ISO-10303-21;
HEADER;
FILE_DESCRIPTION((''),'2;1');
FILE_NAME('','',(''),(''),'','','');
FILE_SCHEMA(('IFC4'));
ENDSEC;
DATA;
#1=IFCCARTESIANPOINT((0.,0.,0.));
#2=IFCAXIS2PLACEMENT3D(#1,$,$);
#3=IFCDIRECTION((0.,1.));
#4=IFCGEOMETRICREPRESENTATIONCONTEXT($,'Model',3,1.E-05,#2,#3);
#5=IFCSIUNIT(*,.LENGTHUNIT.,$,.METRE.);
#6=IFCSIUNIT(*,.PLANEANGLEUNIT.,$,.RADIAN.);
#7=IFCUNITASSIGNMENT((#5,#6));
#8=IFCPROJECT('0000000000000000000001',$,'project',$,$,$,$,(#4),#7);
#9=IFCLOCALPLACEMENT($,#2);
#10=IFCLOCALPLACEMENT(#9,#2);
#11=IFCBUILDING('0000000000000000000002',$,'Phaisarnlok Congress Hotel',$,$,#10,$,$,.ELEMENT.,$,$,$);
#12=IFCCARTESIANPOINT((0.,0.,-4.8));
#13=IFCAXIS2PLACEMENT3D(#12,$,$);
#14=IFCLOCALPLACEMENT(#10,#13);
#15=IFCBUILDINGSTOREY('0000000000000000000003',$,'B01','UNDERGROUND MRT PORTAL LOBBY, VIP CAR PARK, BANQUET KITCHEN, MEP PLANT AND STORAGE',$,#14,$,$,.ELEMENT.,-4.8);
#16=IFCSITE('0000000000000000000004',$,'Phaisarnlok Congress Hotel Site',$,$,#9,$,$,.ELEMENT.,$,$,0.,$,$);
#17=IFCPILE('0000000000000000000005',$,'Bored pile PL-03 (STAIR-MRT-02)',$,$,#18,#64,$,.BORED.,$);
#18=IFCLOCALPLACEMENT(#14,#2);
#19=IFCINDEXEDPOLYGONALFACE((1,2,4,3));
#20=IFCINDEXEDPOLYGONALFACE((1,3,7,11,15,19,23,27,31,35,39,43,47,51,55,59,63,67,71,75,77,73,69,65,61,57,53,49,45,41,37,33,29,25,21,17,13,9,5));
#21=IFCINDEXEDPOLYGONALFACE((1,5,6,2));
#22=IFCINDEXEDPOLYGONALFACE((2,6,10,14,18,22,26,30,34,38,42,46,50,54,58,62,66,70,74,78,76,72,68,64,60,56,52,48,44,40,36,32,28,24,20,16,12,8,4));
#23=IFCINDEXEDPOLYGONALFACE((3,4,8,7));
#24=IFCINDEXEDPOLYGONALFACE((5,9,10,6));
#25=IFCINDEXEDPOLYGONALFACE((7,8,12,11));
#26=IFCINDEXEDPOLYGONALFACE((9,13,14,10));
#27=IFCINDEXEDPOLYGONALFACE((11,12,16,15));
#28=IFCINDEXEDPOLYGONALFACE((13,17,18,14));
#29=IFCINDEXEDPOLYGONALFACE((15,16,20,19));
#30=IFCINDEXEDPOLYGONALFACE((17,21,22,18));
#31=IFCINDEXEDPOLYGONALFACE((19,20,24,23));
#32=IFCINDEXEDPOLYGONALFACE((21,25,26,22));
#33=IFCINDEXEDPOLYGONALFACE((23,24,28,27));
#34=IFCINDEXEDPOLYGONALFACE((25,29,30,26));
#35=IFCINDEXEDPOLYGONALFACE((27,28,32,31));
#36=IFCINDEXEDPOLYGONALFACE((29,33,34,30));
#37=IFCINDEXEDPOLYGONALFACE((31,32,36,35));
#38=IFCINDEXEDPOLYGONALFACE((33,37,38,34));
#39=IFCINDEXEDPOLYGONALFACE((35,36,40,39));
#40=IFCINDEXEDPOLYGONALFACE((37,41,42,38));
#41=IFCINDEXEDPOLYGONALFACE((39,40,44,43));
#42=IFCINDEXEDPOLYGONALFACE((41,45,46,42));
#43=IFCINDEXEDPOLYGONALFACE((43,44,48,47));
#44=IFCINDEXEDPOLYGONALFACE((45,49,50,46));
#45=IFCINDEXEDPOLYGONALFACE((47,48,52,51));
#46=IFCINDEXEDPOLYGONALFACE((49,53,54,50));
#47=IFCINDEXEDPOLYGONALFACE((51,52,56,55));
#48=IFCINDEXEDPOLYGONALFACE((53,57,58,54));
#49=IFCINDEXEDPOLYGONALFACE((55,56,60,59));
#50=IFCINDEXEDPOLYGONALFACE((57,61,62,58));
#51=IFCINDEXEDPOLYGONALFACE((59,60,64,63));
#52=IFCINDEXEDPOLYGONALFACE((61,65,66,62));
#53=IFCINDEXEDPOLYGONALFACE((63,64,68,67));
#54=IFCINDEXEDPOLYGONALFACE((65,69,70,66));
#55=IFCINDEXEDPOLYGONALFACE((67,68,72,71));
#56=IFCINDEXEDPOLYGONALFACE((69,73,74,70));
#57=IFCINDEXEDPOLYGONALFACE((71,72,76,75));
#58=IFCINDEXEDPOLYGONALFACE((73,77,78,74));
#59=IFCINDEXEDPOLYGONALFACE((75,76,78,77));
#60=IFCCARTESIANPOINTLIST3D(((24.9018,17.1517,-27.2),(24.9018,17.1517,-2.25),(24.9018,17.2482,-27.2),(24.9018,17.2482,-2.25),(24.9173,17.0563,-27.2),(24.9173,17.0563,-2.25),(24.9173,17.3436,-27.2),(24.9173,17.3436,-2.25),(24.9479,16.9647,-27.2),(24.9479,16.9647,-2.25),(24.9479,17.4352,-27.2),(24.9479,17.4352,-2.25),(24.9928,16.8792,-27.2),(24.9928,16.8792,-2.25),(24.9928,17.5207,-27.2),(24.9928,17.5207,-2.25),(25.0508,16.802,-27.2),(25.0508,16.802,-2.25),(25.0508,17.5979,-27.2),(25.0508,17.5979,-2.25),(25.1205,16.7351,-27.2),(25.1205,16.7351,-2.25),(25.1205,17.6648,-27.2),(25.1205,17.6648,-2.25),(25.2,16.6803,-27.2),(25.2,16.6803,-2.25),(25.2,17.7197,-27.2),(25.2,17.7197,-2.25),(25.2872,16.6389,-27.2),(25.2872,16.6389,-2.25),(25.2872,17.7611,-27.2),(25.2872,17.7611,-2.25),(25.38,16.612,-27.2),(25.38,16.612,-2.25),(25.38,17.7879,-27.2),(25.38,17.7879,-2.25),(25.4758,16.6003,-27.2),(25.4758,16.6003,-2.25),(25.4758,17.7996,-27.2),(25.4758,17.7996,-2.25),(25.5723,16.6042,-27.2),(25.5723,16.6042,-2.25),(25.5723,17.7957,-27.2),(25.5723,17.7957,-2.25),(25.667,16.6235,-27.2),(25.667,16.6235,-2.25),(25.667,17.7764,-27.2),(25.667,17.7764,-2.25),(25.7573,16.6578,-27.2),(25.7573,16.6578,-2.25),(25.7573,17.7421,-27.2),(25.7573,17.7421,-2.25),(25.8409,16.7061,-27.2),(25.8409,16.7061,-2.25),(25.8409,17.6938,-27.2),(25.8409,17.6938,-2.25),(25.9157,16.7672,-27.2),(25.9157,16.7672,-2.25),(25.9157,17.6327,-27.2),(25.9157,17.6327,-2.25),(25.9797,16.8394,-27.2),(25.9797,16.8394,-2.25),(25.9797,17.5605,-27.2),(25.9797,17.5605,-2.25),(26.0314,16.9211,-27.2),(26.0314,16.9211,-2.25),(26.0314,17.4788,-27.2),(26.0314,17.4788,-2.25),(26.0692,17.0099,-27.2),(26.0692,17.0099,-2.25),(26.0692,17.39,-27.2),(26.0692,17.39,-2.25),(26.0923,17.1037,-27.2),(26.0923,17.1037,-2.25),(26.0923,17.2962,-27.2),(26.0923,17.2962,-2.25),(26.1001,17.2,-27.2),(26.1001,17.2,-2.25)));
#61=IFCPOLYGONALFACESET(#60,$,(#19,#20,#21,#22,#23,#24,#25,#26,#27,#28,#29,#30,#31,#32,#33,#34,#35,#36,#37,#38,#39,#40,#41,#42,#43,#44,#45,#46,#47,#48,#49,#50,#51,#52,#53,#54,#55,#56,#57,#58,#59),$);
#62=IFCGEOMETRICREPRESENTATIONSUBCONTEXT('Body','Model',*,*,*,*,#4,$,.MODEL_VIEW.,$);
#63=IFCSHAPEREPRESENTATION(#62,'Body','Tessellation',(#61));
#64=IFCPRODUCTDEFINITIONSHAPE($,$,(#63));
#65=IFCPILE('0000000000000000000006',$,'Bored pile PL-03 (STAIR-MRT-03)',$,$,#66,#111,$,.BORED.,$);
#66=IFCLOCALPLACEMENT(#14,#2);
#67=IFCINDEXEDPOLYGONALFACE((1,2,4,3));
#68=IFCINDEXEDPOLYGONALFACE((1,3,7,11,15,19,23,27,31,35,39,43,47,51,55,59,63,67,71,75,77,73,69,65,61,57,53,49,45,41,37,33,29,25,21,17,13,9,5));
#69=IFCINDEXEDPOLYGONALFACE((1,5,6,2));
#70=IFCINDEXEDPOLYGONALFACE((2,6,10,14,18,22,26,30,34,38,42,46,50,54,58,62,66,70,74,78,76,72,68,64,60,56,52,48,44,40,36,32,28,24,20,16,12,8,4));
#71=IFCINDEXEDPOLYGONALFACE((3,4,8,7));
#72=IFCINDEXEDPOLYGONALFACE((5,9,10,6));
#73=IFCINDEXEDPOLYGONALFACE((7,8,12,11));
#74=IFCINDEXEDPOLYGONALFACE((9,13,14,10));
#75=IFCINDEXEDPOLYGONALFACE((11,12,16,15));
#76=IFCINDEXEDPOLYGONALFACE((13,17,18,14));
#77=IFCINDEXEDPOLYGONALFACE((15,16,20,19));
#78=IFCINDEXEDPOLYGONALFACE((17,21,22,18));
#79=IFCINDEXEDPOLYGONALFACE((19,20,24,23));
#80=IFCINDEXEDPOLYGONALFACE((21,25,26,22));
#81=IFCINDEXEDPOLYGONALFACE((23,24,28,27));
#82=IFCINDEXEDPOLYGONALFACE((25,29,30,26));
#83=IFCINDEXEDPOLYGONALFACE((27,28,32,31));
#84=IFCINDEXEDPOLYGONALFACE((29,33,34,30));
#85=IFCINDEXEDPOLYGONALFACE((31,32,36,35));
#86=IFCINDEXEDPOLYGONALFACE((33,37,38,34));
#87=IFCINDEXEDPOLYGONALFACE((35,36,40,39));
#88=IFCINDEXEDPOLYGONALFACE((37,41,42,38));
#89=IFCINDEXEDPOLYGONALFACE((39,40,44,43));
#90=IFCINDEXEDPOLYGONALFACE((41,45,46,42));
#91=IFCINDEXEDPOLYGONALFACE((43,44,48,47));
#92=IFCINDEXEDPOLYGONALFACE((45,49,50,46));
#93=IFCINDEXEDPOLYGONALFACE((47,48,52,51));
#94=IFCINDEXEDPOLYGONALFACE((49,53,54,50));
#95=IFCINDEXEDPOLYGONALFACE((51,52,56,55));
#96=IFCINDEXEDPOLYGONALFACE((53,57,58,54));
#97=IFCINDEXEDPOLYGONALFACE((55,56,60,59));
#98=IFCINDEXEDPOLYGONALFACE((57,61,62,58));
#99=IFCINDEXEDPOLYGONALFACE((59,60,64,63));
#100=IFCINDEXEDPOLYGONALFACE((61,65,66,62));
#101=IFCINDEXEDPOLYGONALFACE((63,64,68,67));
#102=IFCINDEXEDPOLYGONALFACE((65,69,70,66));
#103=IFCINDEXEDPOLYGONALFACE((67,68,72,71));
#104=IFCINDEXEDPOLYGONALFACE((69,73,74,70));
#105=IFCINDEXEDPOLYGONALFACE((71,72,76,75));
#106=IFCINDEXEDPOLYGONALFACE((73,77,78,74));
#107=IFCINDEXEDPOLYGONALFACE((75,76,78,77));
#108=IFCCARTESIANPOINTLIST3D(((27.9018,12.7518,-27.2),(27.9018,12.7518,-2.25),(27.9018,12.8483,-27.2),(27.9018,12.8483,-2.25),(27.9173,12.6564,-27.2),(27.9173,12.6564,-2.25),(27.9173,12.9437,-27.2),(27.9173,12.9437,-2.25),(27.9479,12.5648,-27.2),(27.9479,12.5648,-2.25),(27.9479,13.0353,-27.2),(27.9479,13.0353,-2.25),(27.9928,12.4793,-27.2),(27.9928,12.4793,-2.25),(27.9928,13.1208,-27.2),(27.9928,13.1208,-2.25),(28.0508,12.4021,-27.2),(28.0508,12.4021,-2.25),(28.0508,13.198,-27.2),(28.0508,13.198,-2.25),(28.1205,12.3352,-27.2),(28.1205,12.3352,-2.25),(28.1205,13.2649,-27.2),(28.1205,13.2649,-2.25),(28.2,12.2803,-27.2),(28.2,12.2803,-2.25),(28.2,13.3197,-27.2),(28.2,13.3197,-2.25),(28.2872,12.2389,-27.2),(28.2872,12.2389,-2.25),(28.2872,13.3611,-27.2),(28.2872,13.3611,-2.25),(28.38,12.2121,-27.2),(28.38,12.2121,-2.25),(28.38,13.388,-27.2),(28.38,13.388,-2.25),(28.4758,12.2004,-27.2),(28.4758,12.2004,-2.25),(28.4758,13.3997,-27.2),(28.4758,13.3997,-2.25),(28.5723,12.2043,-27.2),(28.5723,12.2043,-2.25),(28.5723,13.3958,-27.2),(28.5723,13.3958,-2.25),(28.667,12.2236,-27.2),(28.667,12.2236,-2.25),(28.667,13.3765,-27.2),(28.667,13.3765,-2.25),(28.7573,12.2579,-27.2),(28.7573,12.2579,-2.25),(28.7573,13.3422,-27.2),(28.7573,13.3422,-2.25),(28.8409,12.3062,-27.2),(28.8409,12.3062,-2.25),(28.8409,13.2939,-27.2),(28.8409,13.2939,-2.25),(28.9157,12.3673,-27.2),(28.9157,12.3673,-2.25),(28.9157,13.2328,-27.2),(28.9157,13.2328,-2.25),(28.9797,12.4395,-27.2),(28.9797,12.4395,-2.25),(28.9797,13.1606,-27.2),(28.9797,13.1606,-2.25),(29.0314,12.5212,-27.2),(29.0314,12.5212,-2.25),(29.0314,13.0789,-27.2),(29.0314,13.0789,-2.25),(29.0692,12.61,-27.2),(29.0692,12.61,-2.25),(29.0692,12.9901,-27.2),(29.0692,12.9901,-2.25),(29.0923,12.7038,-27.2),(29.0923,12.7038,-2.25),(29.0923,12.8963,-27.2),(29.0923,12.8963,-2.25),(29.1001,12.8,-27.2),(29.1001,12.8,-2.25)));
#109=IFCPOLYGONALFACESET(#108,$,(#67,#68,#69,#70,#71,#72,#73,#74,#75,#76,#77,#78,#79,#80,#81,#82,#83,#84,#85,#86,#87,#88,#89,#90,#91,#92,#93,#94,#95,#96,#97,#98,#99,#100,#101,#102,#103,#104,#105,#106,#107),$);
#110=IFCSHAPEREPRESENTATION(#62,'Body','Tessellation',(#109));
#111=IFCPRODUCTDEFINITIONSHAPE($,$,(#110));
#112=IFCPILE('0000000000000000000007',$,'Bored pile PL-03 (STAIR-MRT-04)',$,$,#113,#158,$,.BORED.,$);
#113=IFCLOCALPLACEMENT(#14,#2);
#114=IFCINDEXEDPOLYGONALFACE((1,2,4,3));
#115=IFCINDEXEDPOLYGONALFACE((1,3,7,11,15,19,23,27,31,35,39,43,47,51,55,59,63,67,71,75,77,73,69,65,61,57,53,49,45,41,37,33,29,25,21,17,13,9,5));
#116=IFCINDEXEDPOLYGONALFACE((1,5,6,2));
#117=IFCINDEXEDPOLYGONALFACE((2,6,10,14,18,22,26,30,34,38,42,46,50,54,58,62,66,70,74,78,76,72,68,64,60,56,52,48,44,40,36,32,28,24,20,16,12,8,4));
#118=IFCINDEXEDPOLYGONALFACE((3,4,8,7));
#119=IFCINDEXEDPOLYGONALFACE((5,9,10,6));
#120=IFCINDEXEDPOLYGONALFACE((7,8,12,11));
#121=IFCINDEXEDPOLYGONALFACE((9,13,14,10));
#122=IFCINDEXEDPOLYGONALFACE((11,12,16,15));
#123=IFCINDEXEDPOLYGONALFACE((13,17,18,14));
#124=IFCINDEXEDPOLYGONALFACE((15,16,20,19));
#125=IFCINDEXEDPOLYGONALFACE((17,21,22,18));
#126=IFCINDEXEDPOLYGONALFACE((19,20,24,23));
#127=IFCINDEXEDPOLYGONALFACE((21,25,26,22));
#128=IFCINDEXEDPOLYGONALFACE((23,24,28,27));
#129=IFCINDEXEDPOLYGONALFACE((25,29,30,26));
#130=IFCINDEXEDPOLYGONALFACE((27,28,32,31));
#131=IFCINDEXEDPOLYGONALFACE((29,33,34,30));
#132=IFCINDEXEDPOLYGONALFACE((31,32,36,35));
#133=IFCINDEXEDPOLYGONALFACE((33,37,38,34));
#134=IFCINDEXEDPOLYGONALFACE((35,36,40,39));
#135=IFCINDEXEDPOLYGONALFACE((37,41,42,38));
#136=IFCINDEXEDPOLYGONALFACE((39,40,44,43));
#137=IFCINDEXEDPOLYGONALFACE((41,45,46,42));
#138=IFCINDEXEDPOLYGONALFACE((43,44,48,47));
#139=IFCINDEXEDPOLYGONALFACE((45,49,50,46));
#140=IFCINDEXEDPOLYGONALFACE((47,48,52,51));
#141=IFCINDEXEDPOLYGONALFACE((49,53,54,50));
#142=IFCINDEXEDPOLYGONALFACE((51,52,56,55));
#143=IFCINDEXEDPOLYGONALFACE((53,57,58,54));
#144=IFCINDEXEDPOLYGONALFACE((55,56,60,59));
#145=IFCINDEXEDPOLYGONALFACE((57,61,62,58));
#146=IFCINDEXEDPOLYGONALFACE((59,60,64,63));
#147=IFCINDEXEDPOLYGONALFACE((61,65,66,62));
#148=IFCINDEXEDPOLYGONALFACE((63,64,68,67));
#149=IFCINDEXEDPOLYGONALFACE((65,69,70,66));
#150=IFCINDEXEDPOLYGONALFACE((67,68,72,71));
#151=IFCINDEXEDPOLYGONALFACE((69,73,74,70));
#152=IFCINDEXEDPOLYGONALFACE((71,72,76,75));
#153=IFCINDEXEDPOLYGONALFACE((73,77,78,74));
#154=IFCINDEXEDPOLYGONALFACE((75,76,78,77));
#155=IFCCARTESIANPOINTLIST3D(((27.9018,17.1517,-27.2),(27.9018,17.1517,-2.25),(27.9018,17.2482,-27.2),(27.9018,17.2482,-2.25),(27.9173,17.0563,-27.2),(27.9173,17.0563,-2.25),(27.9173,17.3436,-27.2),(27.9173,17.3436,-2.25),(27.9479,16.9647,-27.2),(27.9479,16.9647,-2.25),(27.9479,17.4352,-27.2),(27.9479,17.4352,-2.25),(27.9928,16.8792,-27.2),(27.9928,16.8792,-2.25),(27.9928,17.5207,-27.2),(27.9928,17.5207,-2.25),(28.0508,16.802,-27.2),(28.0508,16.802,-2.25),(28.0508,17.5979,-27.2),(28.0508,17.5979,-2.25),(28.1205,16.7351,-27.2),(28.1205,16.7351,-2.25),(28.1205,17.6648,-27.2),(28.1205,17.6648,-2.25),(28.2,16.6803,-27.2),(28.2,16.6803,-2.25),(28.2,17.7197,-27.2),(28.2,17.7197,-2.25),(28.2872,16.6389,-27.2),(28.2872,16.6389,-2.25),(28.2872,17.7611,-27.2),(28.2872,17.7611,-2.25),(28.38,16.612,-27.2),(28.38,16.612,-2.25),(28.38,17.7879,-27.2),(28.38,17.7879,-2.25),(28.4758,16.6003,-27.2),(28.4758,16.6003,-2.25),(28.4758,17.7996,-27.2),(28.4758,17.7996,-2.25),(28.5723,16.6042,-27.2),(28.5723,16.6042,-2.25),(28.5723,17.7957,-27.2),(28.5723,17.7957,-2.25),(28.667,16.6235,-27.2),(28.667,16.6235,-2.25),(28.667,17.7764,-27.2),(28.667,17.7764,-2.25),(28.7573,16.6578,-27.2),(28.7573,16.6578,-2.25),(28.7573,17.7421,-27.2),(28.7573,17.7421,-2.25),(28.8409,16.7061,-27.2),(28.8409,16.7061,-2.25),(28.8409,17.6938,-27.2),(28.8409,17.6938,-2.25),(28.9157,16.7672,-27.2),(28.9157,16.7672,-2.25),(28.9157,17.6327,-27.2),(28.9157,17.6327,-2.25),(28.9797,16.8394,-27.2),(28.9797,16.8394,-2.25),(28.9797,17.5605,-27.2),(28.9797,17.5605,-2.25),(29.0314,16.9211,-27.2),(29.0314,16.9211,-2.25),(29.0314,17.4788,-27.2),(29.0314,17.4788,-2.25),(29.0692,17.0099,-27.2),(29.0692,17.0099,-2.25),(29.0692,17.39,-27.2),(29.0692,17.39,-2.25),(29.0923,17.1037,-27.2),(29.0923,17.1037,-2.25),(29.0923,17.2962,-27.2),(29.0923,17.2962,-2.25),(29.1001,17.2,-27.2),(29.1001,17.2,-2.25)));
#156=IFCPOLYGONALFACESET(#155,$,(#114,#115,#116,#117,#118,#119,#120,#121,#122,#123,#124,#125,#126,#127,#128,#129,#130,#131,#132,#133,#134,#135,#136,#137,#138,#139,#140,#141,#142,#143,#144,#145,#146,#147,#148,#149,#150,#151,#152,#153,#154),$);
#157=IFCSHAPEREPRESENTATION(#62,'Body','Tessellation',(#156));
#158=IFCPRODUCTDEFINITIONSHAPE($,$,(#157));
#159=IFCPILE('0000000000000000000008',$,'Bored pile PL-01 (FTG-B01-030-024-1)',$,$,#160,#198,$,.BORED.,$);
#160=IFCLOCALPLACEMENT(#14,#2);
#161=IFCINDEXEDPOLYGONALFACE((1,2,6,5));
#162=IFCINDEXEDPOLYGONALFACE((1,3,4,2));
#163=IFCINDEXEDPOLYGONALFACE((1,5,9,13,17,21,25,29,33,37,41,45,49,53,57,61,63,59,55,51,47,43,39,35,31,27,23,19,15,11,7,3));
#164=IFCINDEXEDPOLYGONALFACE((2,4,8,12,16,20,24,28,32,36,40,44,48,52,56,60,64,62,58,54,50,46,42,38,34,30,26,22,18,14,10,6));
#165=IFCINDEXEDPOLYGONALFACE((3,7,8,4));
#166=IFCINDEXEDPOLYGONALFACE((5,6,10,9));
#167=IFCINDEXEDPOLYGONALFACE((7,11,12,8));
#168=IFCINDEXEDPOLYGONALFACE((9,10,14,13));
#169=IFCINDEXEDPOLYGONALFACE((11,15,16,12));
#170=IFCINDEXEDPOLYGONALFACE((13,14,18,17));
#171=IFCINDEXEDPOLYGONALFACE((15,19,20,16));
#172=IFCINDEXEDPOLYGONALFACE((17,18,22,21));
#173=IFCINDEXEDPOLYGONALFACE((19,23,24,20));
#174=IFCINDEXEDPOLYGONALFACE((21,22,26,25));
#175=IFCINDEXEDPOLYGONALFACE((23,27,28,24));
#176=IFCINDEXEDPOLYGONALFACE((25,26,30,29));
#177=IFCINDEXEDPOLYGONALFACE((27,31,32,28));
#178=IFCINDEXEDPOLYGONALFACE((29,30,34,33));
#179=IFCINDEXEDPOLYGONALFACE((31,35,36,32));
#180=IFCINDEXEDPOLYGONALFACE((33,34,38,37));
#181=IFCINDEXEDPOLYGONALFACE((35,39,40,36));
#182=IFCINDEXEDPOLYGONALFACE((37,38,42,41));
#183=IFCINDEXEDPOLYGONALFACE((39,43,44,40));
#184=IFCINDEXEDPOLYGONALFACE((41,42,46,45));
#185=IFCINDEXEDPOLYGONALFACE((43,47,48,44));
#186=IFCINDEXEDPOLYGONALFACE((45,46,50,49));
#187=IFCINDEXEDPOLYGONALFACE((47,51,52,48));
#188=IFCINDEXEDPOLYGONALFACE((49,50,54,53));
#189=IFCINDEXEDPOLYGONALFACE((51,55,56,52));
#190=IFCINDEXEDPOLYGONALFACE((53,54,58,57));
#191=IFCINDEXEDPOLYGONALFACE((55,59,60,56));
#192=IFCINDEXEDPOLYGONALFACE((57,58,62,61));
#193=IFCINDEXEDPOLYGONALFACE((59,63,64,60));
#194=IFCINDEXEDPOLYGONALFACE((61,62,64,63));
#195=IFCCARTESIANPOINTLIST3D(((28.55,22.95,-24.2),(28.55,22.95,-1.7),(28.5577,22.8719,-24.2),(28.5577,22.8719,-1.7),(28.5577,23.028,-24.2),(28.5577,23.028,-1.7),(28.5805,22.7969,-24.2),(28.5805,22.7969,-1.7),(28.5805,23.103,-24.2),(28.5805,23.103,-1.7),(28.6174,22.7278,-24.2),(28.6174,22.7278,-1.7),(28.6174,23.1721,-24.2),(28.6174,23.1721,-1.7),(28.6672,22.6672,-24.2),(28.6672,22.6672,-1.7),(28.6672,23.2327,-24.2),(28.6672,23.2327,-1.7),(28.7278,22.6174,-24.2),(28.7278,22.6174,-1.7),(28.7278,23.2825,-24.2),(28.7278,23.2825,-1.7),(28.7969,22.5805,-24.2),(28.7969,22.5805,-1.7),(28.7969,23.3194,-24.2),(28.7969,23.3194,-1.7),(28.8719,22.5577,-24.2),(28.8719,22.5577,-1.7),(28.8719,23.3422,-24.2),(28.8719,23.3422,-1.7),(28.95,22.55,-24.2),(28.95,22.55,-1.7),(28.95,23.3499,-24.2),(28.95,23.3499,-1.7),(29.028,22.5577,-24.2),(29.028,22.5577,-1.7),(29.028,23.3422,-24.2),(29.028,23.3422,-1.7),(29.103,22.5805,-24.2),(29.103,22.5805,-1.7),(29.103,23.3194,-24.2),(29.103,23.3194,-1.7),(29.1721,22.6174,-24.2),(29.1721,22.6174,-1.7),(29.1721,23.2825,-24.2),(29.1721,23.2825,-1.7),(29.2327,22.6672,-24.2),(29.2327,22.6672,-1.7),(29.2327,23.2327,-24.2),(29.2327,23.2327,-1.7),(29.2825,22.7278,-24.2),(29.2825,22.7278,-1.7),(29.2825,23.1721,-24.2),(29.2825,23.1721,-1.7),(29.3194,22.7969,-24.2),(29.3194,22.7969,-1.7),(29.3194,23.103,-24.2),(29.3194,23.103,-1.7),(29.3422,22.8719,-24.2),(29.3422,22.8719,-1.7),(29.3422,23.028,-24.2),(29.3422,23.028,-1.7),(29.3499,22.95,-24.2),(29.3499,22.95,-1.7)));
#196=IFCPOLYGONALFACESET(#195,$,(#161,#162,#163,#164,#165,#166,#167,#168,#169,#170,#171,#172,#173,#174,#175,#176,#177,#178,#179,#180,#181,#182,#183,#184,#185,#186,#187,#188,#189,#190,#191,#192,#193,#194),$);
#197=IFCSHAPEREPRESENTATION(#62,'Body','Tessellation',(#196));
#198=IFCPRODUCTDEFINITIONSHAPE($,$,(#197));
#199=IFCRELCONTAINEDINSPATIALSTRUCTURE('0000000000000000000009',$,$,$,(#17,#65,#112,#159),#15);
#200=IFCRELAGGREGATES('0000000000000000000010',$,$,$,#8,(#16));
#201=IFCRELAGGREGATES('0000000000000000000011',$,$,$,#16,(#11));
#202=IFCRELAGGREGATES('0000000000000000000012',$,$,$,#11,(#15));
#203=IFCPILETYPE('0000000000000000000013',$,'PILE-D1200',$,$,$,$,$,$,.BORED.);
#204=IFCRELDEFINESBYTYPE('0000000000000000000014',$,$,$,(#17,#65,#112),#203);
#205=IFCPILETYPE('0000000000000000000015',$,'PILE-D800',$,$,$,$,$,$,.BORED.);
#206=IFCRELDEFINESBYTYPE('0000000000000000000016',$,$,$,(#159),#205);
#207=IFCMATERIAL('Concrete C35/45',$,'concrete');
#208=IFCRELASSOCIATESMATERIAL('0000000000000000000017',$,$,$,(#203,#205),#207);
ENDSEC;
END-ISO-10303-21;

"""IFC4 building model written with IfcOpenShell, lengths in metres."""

from ifc_helpers import new_model, si_unit, direction, frame, origin, origin_2d, place, context, subcontext, project, spatial, circle, extrude, material, material_profile, profile_set, type_object, element, save


model = new_model("IFC4")

# Units and contexts
model_context = context("Model", 3, precision=1e-05, world=origin(), true_north=direction((0.0, 1.0)))
body_context = subcontext(model_context, "Body", "Model", "MODEL_VIEW")
ifc_project = project(units=[si_unit("LENGTHUNIT", "METRE"), si_unit("PLANEANGLEUNIT", "RADIAN")], contexts=[model_context])

# Site, building, storey
site_placement = place(None, origin())
site = spatial("IfcSite", under=ifc_project, at=site_placement, Name="Phaisarnlok Congress Hotel Site", CompositionType="ELEMENT", RefElevation=0.0)
building_placement = place(site_placement, origin())
building = spatial("IfcBuilding", under=site, at=building_placement, Name="Phaisarnlok Congress Hotel", CompositionType="ELEMENT")
storey_placement = place(building_placement, frame((0.0, 0.0, -4.8)))
storey = spatial("IfcBuildingStorey", under=building, at=storey_placement, Name="B01", Description="UNDERGROUND MRT PORTAL LOBBY, VIP CAR PARK, BANQUET KITCHEN, MEP PLANT AND STORAGE", CompositionType="ELEMENT", Elevation=-4.8)

# Piles
ifc_material_1 = material(Name="Concrete C35/45", Category="concrete")
ifc_material_profile_1 = material_profile(ifc_material_1, circle(Radius=0.6001, at=origin_2d()), Name="BORED PILE D1200")
ifc_profile_set_1 = profile_set([ifc_material_profile_1], Name="Concrete C35/45")
pile_type_1 = type_object("IfcPileType", Name="PILE-D1200", PredefinedType="BORED", material=ifc_profile_set_1)
for number, where, z_axis, x_axis, name in (
    (1, (25.5, 17.2, -2.25), (0.0, 0.0, -1.0), (1.0, 0.0, 0.0), "Bored pile PL-03 (STAIR-MRT-02)"),
    (2, (28.5, 12.8, -2.25), (0.0, 0.0, -1.0), (1.0, 0.0, 0.0), "Bored pile PL-03 (STAIR-MRT-03)"),
    (3, (28.5, 17.2, -2.25), (0.0, 0.0, -1.0), (1.0, 0.0, 0.0), "Bored pile PL-03 (STAIR-MRT-04)"),
):
    element("IfcPile", number, at=place(storey_placement, frame(where, z_axis=z_axis, x_axis=x_axis)), inside=storey, type_object=pile_type_1, Name=name, PredefinedType="BORED", context=body_context, shape_type="SweptSolid", body=[
        extrude(circle(Radius=0.6001, at=origin_2d()), origin(), (0.0, 0.0, 1.0), 24.95),
    ])
ifc_material_profile_2 = material_profile(ifc_material_1, circle(Radius=0.3999, at=origin_2d()), Name="BORED PILE D800")
ifc_profile_set_2 = profile_set([ifc_material_profile_2], Name="Concrete C35/45")
pile_type_2 = type_object("IfcPileType", Name="PILE-D800", PredefinedType="BORED", material=ifc_profile_set_2)
pile_placement = place(storey_placement, frame((28.95, 22.95, -1.7), z_axis=(0.0, 0.0, -1.0), x_axis=(1.0, 0.0, 0.0)))
element("IfcPile", 4, at=pile_placement, inside=storey, type_object=pile_type_2, Name="Bored pile PL-01 (FTG-B01-030-024-1)", PredefinedType="BORED", context=body_context, shape_type="SweptSolid", body=[
    extrude(circle(Radius=0.3999, at=origin_2d()), origin(), (0.0, 0.0, 1.0), 22.5),
])

save(model, "model.ifc")
